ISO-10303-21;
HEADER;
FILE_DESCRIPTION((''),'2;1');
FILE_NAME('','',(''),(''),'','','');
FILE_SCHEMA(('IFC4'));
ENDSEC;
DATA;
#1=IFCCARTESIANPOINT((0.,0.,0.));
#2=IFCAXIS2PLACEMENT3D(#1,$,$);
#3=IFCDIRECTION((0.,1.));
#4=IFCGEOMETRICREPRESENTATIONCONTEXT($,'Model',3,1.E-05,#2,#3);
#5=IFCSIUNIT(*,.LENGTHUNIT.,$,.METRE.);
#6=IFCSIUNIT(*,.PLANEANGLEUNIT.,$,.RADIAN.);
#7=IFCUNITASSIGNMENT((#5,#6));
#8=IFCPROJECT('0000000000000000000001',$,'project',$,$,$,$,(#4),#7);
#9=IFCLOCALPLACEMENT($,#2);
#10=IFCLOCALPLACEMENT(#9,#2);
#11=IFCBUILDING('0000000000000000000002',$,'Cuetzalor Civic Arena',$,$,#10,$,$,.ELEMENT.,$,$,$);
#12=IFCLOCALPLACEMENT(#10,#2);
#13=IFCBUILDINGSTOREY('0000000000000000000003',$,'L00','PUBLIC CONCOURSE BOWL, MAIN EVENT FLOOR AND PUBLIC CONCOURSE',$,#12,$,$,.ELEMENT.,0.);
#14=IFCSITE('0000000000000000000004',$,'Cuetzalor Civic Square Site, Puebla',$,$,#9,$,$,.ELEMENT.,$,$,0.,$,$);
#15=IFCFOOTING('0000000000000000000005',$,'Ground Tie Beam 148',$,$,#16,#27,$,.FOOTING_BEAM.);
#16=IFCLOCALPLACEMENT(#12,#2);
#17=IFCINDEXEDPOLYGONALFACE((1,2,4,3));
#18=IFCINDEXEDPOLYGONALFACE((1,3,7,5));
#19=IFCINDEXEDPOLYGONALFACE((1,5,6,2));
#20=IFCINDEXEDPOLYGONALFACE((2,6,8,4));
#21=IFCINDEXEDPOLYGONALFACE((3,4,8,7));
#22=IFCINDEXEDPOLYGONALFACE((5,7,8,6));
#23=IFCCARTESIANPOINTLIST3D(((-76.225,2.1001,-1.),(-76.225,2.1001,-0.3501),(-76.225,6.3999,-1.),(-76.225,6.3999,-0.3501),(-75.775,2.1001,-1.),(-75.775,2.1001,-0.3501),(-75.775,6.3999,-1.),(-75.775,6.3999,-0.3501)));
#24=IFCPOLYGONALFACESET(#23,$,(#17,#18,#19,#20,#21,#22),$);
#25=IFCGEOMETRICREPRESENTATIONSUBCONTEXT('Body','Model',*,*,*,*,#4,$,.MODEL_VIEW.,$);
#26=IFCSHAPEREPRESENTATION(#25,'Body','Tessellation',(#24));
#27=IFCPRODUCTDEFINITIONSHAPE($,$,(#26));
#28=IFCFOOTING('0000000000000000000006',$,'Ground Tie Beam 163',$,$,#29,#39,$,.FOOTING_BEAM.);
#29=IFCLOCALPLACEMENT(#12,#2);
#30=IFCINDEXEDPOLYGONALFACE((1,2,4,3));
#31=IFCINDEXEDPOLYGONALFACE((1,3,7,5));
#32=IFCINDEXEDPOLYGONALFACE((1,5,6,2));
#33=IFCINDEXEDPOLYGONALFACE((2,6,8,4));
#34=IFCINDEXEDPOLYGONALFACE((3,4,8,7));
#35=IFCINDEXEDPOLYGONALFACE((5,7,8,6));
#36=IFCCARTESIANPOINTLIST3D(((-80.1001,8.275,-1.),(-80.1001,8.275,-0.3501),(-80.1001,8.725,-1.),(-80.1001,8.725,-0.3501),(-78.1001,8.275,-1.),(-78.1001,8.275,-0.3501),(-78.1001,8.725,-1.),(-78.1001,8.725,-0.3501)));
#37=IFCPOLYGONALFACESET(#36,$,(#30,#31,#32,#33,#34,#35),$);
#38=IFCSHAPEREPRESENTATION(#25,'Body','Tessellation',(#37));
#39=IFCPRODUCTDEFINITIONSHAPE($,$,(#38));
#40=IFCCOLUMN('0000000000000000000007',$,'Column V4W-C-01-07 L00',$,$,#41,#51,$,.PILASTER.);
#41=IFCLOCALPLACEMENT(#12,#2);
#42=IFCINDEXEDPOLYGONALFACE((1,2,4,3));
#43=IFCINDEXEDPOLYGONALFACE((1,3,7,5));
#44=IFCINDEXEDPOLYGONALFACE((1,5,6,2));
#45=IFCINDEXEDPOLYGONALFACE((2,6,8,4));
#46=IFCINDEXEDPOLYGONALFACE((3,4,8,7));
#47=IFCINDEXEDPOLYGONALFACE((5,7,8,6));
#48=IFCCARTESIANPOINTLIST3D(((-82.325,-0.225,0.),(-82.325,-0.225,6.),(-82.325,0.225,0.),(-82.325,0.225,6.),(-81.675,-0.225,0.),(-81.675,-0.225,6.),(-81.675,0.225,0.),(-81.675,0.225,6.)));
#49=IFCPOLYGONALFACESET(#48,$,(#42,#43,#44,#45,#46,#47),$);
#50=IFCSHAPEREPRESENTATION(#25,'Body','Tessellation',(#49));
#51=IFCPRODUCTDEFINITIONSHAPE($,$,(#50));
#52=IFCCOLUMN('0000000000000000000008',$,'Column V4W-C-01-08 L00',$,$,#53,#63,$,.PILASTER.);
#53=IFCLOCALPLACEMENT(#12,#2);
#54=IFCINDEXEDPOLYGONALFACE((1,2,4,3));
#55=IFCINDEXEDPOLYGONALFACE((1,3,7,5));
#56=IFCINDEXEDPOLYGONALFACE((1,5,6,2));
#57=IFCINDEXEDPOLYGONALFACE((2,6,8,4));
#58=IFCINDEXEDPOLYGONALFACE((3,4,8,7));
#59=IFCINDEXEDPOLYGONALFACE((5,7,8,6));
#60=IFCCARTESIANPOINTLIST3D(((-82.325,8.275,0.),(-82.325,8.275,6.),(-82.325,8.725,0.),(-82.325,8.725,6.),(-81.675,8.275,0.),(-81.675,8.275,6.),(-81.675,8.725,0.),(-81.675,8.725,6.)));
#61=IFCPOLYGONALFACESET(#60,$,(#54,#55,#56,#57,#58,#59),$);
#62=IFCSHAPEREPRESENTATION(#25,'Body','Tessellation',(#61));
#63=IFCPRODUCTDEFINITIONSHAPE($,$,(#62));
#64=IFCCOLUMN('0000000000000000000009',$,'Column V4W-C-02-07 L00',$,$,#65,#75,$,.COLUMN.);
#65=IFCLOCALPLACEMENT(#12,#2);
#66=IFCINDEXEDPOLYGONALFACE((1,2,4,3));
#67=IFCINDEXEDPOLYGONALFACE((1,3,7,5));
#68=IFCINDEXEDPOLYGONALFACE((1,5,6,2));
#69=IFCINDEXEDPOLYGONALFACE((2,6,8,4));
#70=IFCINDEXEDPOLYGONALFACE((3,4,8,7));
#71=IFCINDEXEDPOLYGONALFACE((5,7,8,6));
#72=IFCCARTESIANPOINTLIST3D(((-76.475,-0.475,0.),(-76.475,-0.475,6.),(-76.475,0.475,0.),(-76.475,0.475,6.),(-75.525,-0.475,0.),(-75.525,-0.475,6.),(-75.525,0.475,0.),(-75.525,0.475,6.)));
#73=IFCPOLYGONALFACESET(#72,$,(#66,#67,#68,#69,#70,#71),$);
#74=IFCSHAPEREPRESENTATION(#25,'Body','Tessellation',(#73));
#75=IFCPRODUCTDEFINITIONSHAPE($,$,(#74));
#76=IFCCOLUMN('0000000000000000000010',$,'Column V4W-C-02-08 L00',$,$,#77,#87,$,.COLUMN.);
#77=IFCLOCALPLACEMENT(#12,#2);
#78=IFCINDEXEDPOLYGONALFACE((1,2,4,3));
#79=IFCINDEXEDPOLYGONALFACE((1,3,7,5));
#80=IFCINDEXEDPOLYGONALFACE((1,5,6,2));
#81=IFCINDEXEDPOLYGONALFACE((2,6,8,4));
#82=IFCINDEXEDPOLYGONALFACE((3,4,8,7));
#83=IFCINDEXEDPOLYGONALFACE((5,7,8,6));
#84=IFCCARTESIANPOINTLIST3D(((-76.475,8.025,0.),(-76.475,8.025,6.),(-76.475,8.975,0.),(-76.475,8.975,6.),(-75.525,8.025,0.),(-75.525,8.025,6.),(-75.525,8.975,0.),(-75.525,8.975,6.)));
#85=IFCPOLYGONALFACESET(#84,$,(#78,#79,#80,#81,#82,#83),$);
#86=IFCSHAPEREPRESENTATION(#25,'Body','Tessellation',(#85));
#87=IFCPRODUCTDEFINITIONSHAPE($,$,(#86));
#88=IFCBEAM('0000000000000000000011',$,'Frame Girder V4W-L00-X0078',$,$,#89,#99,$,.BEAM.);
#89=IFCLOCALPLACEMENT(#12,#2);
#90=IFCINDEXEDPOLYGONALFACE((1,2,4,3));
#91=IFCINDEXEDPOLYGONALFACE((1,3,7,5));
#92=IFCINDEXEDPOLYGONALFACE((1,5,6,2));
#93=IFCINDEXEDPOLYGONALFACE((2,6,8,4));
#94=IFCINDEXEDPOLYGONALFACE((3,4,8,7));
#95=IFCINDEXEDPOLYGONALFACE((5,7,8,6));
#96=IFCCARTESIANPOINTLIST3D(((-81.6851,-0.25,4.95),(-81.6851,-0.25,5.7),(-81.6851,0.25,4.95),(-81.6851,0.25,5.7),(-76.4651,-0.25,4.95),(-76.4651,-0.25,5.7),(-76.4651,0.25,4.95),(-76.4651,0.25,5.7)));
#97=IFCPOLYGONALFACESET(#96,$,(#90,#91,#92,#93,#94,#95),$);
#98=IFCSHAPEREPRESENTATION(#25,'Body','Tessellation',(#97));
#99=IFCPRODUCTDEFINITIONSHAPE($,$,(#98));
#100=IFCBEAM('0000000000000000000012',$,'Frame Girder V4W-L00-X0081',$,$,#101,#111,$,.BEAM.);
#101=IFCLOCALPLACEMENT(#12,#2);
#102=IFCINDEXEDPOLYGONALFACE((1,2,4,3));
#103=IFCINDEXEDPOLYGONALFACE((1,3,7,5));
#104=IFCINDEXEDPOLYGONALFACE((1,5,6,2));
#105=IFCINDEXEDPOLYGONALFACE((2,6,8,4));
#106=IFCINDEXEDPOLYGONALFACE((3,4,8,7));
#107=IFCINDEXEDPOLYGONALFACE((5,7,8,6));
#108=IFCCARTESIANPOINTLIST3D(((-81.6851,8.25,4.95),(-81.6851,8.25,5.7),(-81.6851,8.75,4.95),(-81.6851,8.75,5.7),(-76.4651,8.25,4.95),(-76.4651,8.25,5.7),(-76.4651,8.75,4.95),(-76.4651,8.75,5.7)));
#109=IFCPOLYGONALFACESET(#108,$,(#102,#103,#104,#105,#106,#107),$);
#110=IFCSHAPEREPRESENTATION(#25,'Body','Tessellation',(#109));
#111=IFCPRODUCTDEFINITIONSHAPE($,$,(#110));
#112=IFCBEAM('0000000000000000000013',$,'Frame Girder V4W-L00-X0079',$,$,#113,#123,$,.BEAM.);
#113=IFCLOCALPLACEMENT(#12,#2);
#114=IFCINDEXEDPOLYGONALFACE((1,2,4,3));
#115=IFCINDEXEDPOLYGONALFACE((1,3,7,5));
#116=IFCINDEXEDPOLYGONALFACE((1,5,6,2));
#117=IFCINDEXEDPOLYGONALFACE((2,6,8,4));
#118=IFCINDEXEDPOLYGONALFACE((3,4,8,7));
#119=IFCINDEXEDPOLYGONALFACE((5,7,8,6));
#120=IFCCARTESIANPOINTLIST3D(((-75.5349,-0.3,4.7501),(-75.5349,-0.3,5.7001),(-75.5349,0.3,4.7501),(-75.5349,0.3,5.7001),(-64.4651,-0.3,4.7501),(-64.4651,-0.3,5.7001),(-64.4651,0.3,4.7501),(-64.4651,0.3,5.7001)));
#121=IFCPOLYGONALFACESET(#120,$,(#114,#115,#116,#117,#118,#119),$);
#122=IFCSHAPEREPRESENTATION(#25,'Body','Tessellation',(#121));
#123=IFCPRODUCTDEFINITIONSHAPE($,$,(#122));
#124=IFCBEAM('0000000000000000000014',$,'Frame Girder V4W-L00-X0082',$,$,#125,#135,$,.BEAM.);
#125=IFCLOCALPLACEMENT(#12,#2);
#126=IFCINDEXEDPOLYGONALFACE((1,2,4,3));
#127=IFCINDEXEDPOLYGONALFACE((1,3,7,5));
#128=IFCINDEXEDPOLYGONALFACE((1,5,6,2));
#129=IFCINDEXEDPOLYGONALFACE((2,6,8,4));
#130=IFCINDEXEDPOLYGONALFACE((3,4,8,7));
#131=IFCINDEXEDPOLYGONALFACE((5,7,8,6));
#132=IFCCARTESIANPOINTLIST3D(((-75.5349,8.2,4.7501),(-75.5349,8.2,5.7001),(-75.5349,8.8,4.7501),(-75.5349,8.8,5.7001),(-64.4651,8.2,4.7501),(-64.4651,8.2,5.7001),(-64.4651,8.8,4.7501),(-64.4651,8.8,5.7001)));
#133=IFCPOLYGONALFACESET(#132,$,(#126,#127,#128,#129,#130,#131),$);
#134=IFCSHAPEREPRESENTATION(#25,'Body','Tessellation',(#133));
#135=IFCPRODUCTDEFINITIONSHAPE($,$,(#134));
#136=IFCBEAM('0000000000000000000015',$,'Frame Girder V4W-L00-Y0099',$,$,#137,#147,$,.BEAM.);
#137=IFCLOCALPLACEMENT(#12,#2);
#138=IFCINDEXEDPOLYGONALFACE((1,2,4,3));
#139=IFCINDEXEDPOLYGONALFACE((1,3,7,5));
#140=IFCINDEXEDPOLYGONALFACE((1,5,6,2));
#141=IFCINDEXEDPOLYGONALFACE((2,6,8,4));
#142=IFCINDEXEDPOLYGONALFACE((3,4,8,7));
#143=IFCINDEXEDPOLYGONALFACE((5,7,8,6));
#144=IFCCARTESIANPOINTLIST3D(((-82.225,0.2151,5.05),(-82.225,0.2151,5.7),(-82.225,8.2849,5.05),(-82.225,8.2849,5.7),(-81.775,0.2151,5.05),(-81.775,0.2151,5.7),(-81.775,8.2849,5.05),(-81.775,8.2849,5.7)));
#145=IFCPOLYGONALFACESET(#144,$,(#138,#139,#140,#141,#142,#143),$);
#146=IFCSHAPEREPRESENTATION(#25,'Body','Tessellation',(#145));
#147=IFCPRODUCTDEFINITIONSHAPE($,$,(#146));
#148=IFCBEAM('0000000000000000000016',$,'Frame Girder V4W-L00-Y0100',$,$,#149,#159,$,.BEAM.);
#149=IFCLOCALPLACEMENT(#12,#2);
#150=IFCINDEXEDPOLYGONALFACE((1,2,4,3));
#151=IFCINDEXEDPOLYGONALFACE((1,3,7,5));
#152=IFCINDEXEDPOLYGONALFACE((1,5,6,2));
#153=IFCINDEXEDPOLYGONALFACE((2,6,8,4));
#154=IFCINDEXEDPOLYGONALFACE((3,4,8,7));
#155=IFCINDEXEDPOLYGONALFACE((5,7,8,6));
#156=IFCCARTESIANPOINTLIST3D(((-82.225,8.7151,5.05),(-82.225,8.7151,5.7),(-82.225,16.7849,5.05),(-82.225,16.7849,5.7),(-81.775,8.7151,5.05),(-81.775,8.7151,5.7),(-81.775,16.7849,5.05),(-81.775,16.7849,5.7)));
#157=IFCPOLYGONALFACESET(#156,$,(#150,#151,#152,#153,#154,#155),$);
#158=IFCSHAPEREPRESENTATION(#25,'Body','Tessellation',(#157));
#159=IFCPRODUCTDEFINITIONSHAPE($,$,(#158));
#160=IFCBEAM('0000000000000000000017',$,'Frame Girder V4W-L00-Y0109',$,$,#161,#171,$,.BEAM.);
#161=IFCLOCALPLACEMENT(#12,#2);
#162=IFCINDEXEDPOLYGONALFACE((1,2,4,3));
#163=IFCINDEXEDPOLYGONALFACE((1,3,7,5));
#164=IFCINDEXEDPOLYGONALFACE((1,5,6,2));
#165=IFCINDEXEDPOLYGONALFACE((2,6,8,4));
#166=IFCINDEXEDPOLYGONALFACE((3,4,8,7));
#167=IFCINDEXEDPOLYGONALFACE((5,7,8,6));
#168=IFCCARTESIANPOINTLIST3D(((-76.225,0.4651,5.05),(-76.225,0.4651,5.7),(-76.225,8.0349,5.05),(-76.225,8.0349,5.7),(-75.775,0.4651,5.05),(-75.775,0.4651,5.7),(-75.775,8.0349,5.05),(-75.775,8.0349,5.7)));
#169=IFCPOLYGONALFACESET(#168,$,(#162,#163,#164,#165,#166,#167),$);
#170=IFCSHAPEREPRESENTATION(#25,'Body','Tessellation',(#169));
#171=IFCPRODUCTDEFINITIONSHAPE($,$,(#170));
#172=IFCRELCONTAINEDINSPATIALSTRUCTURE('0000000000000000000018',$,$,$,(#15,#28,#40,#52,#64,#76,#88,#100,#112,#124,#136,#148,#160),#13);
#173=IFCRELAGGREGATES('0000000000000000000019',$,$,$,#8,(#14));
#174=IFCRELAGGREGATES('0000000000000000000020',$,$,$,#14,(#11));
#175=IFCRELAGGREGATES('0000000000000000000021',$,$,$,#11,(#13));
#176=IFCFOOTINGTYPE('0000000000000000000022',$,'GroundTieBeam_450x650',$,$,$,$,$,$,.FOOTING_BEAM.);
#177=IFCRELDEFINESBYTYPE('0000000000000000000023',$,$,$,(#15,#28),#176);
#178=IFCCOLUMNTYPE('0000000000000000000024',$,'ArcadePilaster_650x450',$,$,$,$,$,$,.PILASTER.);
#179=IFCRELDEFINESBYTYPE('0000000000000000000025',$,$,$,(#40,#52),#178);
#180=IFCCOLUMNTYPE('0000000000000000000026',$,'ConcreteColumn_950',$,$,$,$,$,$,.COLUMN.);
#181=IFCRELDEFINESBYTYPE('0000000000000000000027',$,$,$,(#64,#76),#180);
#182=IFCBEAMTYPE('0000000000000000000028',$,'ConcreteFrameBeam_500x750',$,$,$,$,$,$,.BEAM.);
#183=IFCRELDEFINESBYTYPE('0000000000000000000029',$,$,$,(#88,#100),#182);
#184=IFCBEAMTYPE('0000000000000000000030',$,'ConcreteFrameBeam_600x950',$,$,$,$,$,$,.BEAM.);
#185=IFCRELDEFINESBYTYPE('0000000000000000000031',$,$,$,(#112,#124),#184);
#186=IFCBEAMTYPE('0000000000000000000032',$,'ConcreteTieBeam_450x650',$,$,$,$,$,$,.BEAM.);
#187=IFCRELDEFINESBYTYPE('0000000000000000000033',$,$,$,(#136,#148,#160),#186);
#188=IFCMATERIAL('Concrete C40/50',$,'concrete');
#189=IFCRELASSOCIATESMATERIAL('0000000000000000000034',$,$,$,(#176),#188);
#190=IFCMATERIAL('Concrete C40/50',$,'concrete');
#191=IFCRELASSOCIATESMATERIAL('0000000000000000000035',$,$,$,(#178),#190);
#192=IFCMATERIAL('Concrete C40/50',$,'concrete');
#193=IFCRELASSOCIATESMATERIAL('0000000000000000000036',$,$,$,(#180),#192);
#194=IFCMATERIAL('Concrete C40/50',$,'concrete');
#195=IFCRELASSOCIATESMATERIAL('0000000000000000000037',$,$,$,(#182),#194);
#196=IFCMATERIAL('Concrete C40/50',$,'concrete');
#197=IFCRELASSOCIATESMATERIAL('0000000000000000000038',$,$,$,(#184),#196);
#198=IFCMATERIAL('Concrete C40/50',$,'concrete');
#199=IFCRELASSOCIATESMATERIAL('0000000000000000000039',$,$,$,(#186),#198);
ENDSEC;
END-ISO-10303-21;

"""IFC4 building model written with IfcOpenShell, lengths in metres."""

from ifc_helpers import new_model, si_unit, direction, frame, origin, origin_2d, place, context, subcontext, project, spatial, rectangle, extrude, material, material_profile, profile_set, type_object, element, save


model = new_model("IFC4")

# Units and contexts
model_context = context("Model", 3, precision=1e-05, world=origin(), true_north=direction((0.0, 1.0)))
body_context = subcontext(model_context, "Body", "Model", "MODEL_VIEW")
ifc_project = project(units=[si_unit("LENGTHUNIT", "METRE"), si_unit("PLANEANGLEUNIT", "RADIAN")], contexts=[model_context])

# Site, building, storey
site_placement = place(None, origin())
site = spatial("IfcSite", under=ifc_project, at=site_placement, Name="Cuetzalor Civic Square Site, Puebla", CompositionType="ELEMENT", RefElevation=0.0)
building_placement = place(site_placement, origin())
building = spatial("IfcBuilding", under=site, at=building_placement, Name="Cuetzalor Civic Arena", CompositionType="ELEMENT")
storey_placement = place(building_placement, origin())
storey = spatial("IfcBuildingStorey", under=building, at=storey_placement, Name="L00", Description="PUBLIC CONCOURSE BOWL, MAIN EVENT FLOOR AND PUBLIC CONCOURSE", CompositionType="ELEMENT", Elevation=0.0)

# Footings
ifc_material_1 = material(Name="Concrete C40/50", Category="concrete")
ifc_material_profile_1 = material_profile(ifc_material_1, rectangle(XDim=0.45, YDim=0.6499, at=origin_2d()), Name="RC 450x650")
ifc_profile_set_1 = profile_set([ifc_material_profile_1], Name="Concrete C40/50")
footing_type_1 = type_object("IfcFootingType", Name="GroundTieBeam_450x650", PredefinedType="FOOTING_BEAM", material=ifc_profile_set_1)
footing_1_placement = place(storey_placement, frame((-76.0, 2.1001, -0.675), z_axis=(0.0, 1.0, 0.0), x_axis=(-1.0, 0.0, 0.0)))
element("IfcFooting", 1, at=footing_1_placement, inside=storey, type_object=footing_type_1, Name="Ground Tie Beam 148", PredefinedType="FOOTING_BEAM", context=body_context, shape_type="SweptSolid", body=[
    extrude(rectangle(XDim=0.45, YDim=0.6499, at=origin_2d()), origin(), (0.0, 0.0, 1.0), 4.2998),
])
footing_2_placement = place(storey_placement, frame((-80.1001, 8.5, -0.675), z_axis=(1.0, 0.0, 0.0), x_axis=(0.0, 1.0, 0.0)))
element("IfcFooting", 2, at=footing_2_placement, inside=storey, type_object=footing_type_1, Name="Ground Tie Beam 163", PredefinedType="FOOTING_BEAM", context=body_context, shape_type="SweptSolid", body=[
    extrude(rectangle(XDim=0.45, YDim=0.6499, at=origin_2d()), origin(), (0.0, 0.0, 1.0), 2.0),
])

# Columns
ifc_material_2 = material(Name="Concrete C40/50", Category="concrete")
ifc_material_profile_2 = material_profile(ifc_material_2, rectangle(XDim=0.6499, YDim=0.45, at=origin_2d()), Name="RC 650x450")
ifc_profile_set_2 = profile_set([ifc_material_profile_2], Name="Concrete C40/50")
column_type_1 = type_object("IfcColumnType", Name="ArcadePilaster_650x450", PredefinedType="PILASTER", material=ifc_profile_set_2)
for number, where, z_axis, x_axis, name in (
    (3, (-82.0, 0.0, 0.0), (0.0, 0.0, 1.0), (1.0, 0.0, 0.0), "Column V4W-C-01-07 L00"),
    (4, (-82.0, 8.5, 0.0), (0.0, 0.0, 1.0), (1.0, 0.0, 0.0), "Column V4W-C-01-08 L00"),
):
    element("IfcColumn", number, at=place(storey_placement, frame(where, z_axis=z_axis, x_axis=x_axis)), inside=storey, type_object=column_type_1, Name=name, PredefinedType="PILASTER", context=body_context, shape_type="SweptSolid", body=[
        extrude(rectangle(XDim=0.6499, YDim=0.45, at=origin_2d()), origin(), (0.0, 0.0, 1.0), 6.0),
    ])
ifc_material_3 = material(Name="Concrete C40/50", Category="concrete")
ifc_material_profile_3 = material_profile(ifc_material_3, rectangle(XDim=0.95, YDim=0.95, at=origin_2d()), Name="RC 950x950")
ifc_profile_set_3 = profile_set([ifc_material_profile_3], Name="Concrete C40/50")
column_type_2 = type_object("IfcColumnType", Name="ConcreteColumn_950", PredefinedType="COLUMN", material=ifc_profile_set_3)
for number, where, z_axis, x_axis, name in (
    (5, (-76.0, 0.0, 0.0), (0.0, 0.0, 1.0), (1.0, 0.0, 0.0), "Column V4W-C-02-07 L00"),
    (6, (-76.0, 8.5, 0.0), (0.0, 0.0, 1.0), (1.0, 0.0, 0.0), "Column V4W-C-02-08 L00"),
):
    element("IfcColumn", number, at=place(storey_placement, frame(where, z_axis=z_axis, x_axis=x_axis)), inside=storey, type_object=column_type_2, Name=name, PredefinedType="COLUMN", context=body_context, shape_type="SweptSolid", body=[
        extrude(rectangle(XDim=0.95, YDim=0.95, at=origin_2d()), origin(), (0.0, 0.0, 1.0), 6.0),
    ])

# Beams
ifc_material_4 = material(Name="Concrete C40/50", Category="concrete")
ifc_material_profile_4 = material_profile(ifc_material_4, rectangle(XDim=0.5, YDim=0.75, at=origin_2d()), Name="RC 500x750")
ifc_profile_set_4 = profile_set([ifc_material_profile_4], Name="Concrete C40/50")
beam_type_1 = type_object("IfcBeamType", Name="ConcreteFrameBeam_500x750", PredefinedType="BEAM", material=ifc_profile_set_4)
for number, where, z_axis, x_axis, name in (
    (7, (-81.6851, 0.0, 5.325), (1.0, 0.0, 0.0), (0.0, 1.0, 0.0), "Frame Girder V4W-L00-X0078"),
    (8, (-81.6851, 8.5, 5.325), (1.0, 0.0, 0.0), (0.0, 1.0, 0.0), "Frame Girder V4W-L00-X0081"),
):
    element("IfcBeam", number, at=place(storey_placement, frame(where, z_axis=z_axis, x_axis=x_axis)), inside=storey, type_object=beam_type_1, Name=name, PredefinedType="BEAM", context=body_context, shape_type="SweptSolid", body=[
        extrude(rectangle(XDim=0.5, YDim=0.75, at=origin_2d()), origin(), (0.0, 0.0, 1.0), 5.22),
    ])
ifc_material_5 = material(Name="Concrete C40/50", Category="concrete")
ifc_material_profile_5 = material_profile(ifc_material_5, rectangle(XDim=0.6001, YDim=0.95, at=origin_2d()), Name="RC 600x950")
ifc_profile_set_5 = profile_set([ifc_material_profile_5], Name="Concrete C40/50")
beam_type_2 = type_object("IfcBeamType", Name="ConcreteFrameBeam_600x950", PredefinedType="BEAM", material=ifc_profile_set_5)
for number, where, z_axis, x_axis, name in (
    (9, (-75.5349, 0.0, 5.2251), (1.0, 0.0, 0.0), (0.0, 1.0, 0.0), "Frame Girder V4W-L00-X0079"),
    (10, (-75.5349, 8.5, 5.2251), (1.0, 0.0, 0.0), (0.0, 1.0, 0.0), "Frame Girder V4W-L00-X0082"),
):
    element("IfcBeam", number, at=place(storey_placement, frame(where, z_axis=z_axis, x_axis=x_axis)), inside=storey, type_object=beam_type_2, Name=name, PredefinedType="BEAM", context=body_context, shape_type="SweptSolid", body=[
        extrude(rectangle(XDim=0.6001, YDim=0.95, at=origin_2d()), origin(), (0.0, 0.0, 1.0), 11.0698),
    ])
ifc_material_6 = material(Name="Concrete C40/50", Category="concrete")
ifc_material_profile_6 = material_profile(ifc_material_6, rectangle(XDim=0.45, YDim=0.6499, at=origin_2d()), Name="RC 450x650")
ifc_profile_set_6 = profile_set([ifc_material_profile_6], Name="Concrete C40/50")
beam_type_3 = type_object("IfcBeamType", Name="ConcreteTieBeam_450x650", PredefinedType="BEAM", material=ifc_profile_set_6)
for number, where, z_axis, x_axis, name in (
    (11, (-82.0, 0.2151, 5.375), (0.0, 1.0, 0.0), (-1.0, 0.0, 0.0), "Frame Girder V4W-L00-Y0099"),
    (12, (-82.0, 8.7151, 5.375), (0.0, 1.0, 0.0), (-1.0, 0.0, 0.0), "Frame Girder V4W-L00-Y0100"),
):
    element("IfcBeam", number, at=place(storey_placement, frame(where, z_axis=z_axis, x_axis=x_axis)), inside=storey, type_object=beam_type_3, Name=name, PredefinedType="BEAM", context=body_context, shape_type="SweptSolid", body=[
        extrude(rectangle(XDim=0.45, YDim=0.6499, at=origin_2d()), origin(), (0.0, 0.0, 1.0), 8.0698),
    ])
beam_placement = place(storey_placement, frame((-76.0, 0.4651, 5.375), z_axis=(0.0, 1.0, 0.0), x_axis=(-1.0, 0.0, 0.0)))
element("IfcBeam", 13, at=beam_placement, inside=storey, type_object=beam_type_3, Name="Frame Girder V4W-L00-Y0109", PredefinedType="BEAM", context=body_context, shape_type="SweptSolid", body=[
    extrude(rectangle(XDim=0.45, YDim=0.6499, at=origin_2d()), origin(), (0.0, 0.0, 1.0), 7.5698),
])

save(model, "model.ifc")
